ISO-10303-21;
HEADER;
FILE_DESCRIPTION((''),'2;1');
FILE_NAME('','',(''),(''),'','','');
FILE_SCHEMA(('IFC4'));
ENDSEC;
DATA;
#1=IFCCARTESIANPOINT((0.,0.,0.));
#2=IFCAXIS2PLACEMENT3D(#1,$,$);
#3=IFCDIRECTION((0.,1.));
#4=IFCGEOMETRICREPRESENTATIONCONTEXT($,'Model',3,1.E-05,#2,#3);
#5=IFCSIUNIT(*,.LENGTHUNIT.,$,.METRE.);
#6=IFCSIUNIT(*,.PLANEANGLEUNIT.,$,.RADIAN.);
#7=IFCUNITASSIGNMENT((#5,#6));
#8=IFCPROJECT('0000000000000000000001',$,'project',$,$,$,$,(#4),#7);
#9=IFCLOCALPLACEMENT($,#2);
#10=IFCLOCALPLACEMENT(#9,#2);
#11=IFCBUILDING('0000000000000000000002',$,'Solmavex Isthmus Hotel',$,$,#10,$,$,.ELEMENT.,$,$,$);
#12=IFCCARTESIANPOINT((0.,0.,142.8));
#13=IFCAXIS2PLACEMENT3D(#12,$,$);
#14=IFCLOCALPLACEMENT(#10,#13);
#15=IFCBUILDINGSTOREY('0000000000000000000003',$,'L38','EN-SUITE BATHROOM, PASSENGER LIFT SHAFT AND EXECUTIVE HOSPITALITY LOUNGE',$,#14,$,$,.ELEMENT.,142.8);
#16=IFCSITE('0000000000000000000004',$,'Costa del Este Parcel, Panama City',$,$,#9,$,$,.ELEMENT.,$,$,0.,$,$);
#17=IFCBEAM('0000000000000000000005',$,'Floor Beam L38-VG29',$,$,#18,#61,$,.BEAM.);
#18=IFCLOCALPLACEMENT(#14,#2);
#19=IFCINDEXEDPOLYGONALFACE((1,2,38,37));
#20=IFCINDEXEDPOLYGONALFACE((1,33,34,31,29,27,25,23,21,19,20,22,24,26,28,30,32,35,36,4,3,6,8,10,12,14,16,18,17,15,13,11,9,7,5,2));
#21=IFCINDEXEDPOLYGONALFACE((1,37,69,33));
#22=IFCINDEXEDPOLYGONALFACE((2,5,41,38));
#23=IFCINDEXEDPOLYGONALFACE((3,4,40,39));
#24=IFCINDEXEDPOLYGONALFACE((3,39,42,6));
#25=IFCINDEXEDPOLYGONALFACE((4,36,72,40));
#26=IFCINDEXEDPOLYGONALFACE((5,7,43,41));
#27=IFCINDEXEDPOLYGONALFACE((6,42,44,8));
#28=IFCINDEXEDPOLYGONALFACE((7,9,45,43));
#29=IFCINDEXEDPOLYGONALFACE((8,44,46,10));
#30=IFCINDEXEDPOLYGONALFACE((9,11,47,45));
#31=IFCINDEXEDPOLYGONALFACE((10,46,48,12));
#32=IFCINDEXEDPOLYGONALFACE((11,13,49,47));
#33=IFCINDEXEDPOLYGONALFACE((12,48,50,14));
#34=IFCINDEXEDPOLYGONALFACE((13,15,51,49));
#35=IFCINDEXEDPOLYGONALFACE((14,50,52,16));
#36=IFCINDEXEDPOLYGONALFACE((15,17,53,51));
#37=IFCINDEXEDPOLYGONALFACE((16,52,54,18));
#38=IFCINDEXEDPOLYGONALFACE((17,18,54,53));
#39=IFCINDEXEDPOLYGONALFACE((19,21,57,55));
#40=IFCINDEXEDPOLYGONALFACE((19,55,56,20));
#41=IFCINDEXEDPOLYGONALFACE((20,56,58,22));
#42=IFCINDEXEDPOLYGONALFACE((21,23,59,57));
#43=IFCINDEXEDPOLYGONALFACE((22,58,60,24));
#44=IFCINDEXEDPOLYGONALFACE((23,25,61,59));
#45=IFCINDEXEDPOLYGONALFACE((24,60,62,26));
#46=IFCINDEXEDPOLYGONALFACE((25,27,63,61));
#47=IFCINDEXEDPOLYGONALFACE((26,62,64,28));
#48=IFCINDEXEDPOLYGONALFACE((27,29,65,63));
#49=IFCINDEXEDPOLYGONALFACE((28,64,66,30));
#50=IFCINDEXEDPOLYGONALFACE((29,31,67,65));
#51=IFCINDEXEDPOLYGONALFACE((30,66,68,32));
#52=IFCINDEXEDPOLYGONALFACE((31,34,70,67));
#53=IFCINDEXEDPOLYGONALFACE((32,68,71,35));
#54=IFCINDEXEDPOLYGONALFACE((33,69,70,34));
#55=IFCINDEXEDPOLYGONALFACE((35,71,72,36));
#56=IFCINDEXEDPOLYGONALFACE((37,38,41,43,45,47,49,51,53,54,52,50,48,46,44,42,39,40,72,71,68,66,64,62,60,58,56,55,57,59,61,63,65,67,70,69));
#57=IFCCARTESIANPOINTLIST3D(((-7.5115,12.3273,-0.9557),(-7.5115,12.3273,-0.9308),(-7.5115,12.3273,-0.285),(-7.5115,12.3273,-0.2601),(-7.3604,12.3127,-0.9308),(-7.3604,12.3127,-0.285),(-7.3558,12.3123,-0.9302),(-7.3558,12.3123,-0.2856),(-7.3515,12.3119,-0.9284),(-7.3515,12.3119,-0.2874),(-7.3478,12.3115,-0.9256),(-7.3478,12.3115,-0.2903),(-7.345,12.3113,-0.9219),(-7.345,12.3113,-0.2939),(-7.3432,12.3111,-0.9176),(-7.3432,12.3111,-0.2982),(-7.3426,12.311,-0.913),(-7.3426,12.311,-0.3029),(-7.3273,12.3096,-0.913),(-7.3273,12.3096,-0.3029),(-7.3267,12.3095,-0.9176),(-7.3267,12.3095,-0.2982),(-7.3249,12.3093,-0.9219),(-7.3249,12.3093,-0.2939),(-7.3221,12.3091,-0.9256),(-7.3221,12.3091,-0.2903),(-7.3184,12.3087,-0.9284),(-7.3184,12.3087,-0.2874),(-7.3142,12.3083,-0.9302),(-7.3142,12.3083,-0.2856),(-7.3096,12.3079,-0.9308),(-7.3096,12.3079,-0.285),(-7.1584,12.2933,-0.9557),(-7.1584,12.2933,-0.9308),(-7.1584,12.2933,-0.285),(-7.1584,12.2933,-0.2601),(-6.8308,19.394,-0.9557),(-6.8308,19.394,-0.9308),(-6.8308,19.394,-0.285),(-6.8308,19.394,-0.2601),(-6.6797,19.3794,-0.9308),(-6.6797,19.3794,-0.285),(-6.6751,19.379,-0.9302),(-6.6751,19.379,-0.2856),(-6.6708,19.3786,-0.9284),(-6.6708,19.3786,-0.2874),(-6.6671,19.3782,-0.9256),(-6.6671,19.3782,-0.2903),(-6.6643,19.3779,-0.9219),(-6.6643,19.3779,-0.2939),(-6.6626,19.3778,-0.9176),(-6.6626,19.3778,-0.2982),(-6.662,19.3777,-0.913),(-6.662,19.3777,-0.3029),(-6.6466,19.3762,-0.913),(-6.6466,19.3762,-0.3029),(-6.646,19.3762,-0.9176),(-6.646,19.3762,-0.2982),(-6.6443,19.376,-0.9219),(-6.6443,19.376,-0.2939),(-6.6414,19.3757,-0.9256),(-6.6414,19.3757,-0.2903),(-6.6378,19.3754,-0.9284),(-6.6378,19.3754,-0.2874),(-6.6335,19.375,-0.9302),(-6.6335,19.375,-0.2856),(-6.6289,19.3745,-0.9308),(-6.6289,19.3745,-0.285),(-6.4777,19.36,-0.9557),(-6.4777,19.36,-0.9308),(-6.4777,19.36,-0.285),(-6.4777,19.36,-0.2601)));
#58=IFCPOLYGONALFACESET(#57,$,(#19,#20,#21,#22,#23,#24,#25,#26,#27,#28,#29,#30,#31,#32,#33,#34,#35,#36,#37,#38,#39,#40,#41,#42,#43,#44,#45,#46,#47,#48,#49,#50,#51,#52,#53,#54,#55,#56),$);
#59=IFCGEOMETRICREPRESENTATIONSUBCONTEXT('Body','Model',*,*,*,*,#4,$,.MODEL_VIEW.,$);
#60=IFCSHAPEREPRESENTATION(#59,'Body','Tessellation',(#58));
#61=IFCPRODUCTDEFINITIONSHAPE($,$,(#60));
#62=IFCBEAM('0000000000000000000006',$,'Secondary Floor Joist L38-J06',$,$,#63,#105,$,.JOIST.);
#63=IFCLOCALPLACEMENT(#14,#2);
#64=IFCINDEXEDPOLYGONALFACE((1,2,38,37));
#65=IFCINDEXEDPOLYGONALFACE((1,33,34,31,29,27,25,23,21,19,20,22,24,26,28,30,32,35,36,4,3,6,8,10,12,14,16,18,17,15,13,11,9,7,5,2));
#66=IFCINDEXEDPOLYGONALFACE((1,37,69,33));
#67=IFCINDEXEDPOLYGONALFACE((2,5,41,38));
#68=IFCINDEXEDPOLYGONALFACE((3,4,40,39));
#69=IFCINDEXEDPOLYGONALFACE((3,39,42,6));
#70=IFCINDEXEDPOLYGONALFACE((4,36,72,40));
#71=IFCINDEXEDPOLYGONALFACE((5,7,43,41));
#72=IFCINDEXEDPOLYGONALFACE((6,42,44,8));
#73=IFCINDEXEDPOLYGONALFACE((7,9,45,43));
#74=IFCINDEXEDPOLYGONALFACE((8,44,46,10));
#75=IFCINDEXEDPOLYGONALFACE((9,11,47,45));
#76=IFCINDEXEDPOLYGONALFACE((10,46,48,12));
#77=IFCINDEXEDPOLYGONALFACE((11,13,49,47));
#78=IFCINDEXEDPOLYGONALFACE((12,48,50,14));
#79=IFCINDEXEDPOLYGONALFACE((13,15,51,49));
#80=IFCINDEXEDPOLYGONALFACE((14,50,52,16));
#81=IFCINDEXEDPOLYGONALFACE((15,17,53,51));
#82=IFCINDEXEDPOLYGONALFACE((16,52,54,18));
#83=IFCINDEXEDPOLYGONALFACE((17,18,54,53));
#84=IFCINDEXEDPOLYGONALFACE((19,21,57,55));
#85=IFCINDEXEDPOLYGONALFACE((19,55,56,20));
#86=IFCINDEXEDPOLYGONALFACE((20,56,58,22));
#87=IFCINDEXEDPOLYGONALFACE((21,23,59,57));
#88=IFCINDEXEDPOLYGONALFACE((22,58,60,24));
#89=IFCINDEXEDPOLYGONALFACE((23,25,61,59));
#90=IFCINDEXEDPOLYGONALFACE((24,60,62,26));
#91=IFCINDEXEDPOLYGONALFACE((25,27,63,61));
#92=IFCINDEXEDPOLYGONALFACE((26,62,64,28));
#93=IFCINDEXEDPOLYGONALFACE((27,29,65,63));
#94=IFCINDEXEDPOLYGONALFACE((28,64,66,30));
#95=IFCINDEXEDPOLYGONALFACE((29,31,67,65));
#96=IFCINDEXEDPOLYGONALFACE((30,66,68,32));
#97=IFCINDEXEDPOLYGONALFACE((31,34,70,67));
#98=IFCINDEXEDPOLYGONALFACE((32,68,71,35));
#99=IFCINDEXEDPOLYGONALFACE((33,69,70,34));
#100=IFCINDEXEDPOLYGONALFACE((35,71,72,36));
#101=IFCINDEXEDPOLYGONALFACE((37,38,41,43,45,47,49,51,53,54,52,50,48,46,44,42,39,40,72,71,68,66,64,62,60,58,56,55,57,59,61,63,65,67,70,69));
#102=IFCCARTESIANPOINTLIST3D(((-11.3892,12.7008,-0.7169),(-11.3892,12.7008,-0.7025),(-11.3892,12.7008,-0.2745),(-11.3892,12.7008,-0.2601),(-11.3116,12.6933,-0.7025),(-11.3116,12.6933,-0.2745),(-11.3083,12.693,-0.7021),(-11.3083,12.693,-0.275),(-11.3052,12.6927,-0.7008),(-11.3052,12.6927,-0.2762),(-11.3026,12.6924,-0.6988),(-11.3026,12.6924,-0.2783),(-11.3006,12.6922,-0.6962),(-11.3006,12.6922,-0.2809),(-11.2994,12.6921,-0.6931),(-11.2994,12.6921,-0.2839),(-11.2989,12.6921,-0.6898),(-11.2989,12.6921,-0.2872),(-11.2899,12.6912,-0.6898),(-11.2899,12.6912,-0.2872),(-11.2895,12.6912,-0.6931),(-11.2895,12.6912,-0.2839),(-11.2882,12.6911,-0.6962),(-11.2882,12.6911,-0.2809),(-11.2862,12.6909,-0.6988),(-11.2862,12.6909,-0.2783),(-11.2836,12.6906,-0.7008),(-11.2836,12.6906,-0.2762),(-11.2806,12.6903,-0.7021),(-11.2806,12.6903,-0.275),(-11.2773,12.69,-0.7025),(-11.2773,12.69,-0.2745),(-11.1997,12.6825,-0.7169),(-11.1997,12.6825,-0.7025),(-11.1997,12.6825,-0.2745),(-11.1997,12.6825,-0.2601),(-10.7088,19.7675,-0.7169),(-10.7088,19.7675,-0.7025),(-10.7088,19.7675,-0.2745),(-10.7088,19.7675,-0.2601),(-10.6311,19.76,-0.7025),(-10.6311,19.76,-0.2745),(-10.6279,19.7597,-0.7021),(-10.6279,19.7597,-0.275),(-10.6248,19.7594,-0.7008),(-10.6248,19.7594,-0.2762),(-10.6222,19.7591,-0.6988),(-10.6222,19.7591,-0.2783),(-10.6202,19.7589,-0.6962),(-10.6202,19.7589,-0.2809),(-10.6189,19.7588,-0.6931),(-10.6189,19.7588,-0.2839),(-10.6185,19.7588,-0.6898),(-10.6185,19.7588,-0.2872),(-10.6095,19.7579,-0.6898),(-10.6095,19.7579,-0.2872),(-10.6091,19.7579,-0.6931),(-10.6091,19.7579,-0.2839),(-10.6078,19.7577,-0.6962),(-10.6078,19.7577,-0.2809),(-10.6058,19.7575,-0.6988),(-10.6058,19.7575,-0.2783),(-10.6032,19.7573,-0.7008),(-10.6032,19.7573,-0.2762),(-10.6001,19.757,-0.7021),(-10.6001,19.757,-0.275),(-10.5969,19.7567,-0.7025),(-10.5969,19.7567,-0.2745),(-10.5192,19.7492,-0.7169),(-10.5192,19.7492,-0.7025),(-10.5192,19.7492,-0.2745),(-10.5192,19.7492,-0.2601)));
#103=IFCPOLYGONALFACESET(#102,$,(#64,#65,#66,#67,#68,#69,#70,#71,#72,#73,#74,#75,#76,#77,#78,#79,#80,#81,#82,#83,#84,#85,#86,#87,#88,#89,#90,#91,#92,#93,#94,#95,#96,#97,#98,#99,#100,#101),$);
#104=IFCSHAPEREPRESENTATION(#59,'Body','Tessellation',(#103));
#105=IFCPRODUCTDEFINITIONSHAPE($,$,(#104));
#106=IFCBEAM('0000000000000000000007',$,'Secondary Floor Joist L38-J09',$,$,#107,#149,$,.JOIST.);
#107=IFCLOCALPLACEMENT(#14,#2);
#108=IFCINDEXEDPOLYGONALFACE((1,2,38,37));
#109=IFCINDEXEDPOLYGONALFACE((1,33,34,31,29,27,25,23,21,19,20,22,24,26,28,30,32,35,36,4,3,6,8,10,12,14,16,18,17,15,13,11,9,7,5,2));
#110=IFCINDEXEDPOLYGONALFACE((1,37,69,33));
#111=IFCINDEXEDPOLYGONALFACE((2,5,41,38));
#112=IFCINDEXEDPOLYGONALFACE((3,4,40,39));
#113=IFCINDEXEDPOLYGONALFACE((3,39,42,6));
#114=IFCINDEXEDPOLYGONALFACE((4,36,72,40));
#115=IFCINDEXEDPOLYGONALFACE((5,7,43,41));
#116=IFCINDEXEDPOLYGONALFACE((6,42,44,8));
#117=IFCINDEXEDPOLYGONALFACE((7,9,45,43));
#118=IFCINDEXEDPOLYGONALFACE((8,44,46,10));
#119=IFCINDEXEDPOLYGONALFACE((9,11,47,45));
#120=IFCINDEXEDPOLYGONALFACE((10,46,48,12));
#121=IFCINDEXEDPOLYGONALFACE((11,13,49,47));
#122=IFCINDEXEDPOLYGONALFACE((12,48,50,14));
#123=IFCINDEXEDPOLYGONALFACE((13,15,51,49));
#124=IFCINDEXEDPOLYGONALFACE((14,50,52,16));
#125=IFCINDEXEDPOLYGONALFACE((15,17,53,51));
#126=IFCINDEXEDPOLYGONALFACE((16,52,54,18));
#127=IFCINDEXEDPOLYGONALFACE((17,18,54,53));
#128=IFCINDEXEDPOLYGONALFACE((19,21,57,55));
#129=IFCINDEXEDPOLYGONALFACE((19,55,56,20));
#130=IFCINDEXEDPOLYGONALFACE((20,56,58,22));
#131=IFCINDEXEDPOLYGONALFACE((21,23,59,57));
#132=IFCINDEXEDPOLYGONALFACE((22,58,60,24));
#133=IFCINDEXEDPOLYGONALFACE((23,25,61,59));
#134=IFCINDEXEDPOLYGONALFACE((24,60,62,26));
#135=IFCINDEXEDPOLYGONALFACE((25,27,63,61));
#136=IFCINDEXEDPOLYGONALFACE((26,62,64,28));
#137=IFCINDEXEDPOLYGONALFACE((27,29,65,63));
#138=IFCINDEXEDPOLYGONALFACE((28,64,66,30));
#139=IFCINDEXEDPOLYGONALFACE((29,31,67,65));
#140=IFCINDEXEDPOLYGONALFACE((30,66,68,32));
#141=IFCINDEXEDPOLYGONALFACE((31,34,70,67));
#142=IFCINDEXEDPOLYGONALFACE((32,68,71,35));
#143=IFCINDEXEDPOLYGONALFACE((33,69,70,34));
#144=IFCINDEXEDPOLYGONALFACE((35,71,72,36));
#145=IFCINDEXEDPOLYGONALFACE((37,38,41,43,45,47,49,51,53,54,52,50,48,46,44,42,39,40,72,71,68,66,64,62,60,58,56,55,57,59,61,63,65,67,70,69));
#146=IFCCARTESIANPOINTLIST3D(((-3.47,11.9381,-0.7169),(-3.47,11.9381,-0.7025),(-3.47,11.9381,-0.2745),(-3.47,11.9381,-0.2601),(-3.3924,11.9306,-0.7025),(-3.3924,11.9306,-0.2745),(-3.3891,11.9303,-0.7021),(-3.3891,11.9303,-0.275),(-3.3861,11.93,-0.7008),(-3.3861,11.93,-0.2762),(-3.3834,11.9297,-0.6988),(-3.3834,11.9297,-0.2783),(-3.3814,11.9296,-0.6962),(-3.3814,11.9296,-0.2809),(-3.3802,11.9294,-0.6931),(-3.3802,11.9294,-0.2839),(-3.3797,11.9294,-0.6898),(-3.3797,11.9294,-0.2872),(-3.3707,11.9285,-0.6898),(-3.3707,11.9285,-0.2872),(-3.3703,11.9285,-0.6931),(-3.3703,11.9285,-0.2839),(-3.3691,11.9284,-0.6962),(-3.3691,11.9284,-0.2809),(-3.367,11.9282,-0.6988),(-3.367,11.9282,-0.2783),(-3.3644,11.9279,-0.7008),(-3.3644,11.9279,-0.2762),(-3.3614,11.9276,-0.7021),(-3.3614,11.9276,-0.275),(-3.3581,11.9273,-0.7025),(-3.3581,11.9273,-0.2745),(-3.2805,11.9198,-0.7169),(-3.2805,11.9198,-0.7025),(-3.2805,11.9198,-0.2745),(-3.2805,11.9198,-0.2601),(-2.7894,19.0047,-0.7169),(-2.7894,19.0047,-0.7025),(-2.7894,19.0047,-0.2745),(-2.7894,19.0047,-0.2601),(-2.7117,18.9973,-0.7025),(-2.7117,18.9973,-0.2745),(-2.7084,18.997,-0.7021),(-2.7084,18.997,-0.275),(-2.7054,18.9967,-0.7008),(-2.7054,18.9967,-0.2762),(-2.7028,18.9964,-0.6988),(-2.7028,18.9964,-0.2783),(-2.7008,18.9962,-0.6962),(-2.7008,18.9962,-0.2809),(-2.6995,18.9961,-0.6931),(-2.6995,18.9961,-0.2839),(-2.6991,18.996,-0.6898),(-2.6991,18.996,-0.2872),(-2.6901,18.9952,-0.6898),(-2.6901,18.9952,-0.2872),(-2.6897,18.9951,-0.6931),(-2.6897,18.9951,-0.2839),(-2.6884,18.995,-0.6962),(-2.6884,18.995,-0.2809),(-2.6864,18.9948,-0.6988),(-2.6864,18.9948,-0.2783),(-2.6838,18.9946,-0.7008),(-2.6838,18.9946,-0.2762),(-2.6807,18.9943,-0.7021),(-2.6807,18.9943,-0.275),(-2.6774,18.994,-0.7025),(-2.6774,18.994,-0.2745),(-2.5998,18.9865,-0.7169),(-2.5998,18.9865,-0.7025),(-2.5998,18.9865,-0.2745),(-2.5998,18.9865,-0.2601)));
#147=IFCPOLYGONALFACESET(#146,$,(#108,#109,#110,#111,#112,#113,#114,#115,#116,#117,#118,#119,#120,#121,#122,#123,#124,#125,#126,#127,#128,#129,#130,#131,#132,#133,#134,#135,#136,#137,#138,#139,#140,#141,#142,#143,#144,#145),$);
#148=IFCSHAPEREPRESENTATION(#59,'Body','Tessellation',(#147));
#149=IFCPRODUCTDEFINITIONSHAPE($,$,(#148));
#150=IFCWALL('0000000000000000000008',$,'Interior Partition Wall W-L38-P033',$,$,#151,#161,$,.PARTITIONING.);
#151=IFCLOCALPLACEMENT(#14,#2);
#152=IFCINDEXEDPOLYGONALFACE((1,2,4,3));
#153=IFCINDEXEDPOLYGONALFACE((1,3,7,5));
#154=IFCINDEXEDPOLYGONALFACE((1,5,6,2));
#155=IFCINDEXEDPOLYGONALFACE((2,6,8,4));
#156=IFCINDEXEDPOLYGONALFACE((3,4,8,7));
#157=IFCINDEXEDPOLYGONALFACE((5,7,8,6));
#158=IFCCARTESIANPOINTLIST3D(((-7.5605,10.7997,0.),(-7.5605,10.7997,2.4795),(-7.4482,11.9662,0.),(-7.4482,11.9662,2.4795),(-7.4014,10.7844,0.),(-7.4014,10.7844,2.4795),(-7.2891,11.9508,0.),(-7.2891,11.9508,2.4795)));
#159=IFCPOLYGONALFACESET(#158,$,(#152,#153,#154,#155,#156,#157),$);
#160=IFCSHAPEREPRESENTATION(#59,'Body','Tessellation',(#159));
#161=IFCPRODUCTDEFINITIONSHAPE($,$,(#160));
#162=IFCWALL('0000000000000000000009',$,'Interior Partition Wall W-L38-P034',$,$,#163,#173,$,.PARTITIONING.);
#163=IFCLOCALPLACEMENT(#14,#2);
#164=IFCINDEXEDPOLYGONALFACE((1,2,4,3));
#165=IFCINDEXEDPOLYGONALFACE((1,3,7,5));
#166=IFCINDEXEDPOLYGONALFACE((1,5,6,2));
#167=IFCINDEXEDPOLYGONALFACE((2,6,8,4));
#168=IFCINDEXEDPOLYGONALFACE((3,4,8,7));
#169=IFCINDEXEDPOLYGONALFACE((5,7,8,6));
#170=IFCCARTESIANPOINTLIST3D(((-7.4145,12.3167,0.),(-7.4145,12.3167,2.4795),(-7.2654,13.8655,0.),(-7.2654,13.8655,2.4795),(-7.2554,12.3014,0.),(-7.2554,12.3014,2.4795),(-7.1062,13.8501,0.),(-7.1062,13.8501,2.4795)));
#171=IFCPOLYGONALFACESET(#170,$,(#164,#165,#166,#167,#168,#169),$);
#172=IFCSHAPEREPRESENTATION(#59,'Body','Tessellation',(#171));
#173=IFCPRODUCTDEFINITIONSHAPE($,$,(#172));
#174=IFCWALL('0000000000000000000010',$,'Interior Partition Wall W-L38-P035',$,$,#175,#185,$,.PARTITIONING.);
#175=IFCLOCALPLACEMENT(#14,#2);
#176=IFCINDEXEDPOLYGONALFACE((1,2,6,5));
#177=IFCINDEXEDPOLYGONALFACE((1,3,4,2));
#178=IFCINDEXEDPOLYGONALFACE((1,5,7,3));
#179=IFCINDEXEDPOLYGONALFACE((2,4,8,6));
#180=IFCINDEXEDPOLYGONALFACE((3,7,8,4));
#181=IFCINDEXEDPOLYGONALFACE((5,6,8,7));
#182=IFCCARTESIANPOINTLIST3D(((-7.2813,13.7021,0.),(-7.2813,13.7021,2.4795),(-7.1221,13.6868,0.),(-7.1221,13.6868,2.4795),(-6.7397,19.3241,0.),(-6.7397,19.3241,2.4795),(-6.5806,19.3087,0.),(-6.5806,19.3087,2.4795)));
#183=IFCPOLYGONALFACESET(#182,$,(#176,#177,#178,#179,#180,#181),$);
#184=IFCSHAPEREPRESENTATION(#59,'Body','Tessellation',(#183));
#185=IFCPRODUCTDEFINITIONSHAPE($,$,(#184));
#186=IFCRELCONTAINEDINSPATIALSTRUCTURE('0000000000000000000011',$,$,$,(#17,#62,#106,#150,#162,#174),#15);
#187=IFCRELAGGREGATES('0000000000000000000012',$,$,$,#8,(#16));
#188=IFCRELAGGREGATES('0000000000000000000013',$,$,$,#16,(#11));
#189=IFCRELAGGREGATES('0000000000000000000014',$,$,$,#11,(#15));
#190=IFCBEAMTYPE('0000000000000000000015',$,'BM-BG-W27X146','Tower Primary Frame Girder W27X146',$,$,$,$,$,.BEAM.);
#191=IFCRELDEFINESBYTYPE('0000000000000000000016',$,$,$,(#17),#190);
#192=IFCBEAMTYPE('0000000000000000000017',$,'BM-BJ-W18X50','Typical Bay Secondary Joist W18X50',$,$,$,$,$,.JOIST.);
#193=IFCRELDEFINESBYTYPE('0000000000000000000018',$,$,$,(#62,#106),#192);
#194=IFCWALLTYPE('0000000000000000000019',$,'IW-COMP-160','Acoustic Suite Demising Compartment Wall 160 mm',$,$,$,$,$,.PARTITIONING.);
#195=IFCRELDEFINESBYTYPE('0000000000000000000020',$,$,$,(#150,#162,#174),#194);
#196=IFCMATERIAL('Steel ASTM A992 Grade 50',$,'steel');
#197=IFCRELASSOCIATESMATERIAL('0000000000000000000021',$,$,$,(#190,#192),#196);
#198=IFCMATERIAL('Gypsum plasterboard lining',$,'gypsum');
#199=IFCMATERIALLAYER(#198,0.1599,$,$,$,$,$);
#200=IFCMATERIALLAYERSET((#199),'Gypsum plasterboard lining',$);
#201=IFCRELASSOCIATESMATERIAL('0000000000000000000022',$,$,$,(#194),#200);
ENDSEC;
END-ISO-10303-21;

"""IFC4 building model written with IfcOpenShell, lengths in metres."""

from ifc_helpers import new_model, si_unit, direction, frame, frame_2d, origin, origin_2d, place, context, subcontext, project, spatial, rectangle, i_section, extrude, material, layer, layer_set, material_profile, profile_set, type_object, element, save


model = new_model("IFC4")

# Units and contexts
model_context = context("Model", 3, precision=1e-05, world=origin(), true_north=direction((0.0, 1.0)))
body_context = subcontext(model_context, "Body", "Model", "MODEL_VIEW")
ifc_project = project(units=[si_unit("LENGTHUNIT", "METRE"), si_unit("PLANEANGLEUNIT", "RADIAN")], contexts=[model_context])

# Site, building, storey
site_placement = place(None, origin())
site = spatial("IfcSite", under=ifc_project, at=site_placement, Name="Costa del Este Parcel, Panama City", CompositionType="ELEMENT", RefElevation=0.0)
building_placement = place(site_placement, origin())
building = spatial("IfcBuilding", under=site, at=building_placement, Name="Solmavex Isthmus Hotel", CompositionType="ELEMENT")
storey_placement = place(building_placement, frame((0.0, 0.0, 142.8)))
storey = spatial("IfcBuildingStorey", under=building, at=storey_placement, Name="L38", Description="EN-SUITE BATHROOM, PASSENGER LIFT SHAFT AND EXECUTIVE HOSPITALITY LOUNGE", CompositionType="ELEMENT", Elevation=142.8)

# Beams
ifc_material_1 = material(Name="Steel ASTM A992 Grade 50", Category="steel")
ifc_material_profile_1 = material_profile(ifc_material_1, i_section(OverallWidth=0.3547, OverallDepth=0.6956, WebThickness=0.0154, FlangeThickness=0.0249, FilletRadius=0.0178, at=origin_2d()), Name="W27X146")
ifc_profile_set_1 = profile_set([ifc_material_profile_1], Name="Steel ASTM A992 Grade 50")
beam_type_1 = type_object("IfcBeamType", Name="BM-BG-W27X146", Description="Tower Primary Frame Girder W27X146", PredefinedType="BEAM", material=ifc_profile_set_1)
beam_1_placement = place(storey_placement, frame((-7.335, 12.3103, -0.6079), z_axis=(0.095877, 0.995393, 0.0), x_axis=(-0.995393, 0.095877, 0.0)))
element("IfcBeam", 1, at=beam_1_placement, inside=storey, type_object=beam_type_1, Name="Floor Beam L38-VG29", PredefinedType="BEAM", context=body_context, shape_type="SweptSolid", body=[
    extrude(i_section(OverallWidth=0.3547, OverallDepth=0.6956, WebThickness=0.0154, FlangeThickness=0.0249, FilletRadius=0.0178, at=origin_2d()), origin(), (0.0, 0.0, 1.0), 7.0994),
])
ifc_material_profile_2 = material_profile(ifc_material_1, i_section(OverallWidth=0.1904, OverallDepth=0.4568, WebThickness=0.009, FlangeThickness=0.0144, FilletRadius=0.0127, at=origin_2d()), Name="W18X50")
ifc_profile_set_2 = profile_set([ifc_material_profile_2], Name="Steel ASTM A992 Grade 50")
beam_type_2 = type_object("IfcBeamType", Name="BM-BJ-W18X50", Description="Typical Bay Secondary Joist W18X50", PredefinedType="JOIST", material=ifc_profile_set_2)
for number, where, z_axis, x_axis, name in (
    (2, (-11.2944, 12.6917, -0.4885), (0.095843, 0.995396, 0.0), (-0.995396, 0.095843, 0.0), "Secondary Floor Joist L38-J06"),
    (3, (-3.3752, 11.929, -0.4885), (0.095877, 0.995393, 0.0), (-0.995393, 0.095877, 0.0), "Secondary Floor Joist L38-J09"),
):
    element("IfcBeam", number, at=place(storey_placement, frame(where, z_axis=z_axis, x_axis=x_axis)), inside=storey, type_object=beam_type_2, Name=name, PredefinedType="JOIST", context=body_context, shape_type="SweptSolid", body=[
        extrude(i_section(OverallWidth=0.1904, OverallDepth=0.4568, WebThickness=0.009, FlangeThickness=0.0144, FilletRadius=0.0127, at=origin_2d()), origin(), (0.0, 0.0, 1.0), 7.0994),
    ])

# Walls
ifc_material_2 = material(Name="Gypsum plasterboard lining", Category="gypsum")
ifc_layer_1 = layer(ifc_material_2, 0.1599)
ifc_layer_set_1 = layer_set([ifc_layer_1], Name="Gypsum plasterboard lining")
wall_type_1 = type_object("IfcWallType", Name="IW-COMP-160", Description="Acoustic Suite Demising Compartment Wall 160 mm", PredefinedType="PARTITIONING", material=ifc_layer_set_1)
wall_1_placement = place(storey_placement, frame((-7.3687, 11.9585, 0.0), z_axis=(0.0, 0.0, 1.0), x_axis=(-0.095831, -0.995398, 0.0)))
element("IfcWall", 4, at=wall_1_placement, inside=storey, type_object=wall_type_1, Name="Interior Partition Wall W-L38-P033", PredefinedType="PARTITIONING", context=body_context, shape_type="SweptSolid", body=[
    extrude(rectangle(XDim=1.1719, YDim=0.1599, at=frame_2d((0.5859, 0.0))), origin(), (0.0, 0.0, 1.0), 2.4795),
])
wall_2_placement = place(storey_placement, frame((-7.1858, 13.8577, 0.0), z_axis=(0.0, 0.0, 1.0), x_axis=(-0.095868, -0.995394, 0.0)))
element("IfcWall", 5, at=wall_2_placement, inside=storey, type_object=wall_type_1, Name="Interior Partition Wall W-L38-P034", PredefinedType="PARTITIONING", context=body_context, shape_type="SweptSolid", body=[
    extrude(rectangle(XDim=1.5559, YDim=0.1599, at=frame_2d((0.7778, 0.0))), origin(), (0.0, 0.0, 1.0), 2.4795),
])
wall_3_placement = place(storey_placement, frame((-6.6602, 19.3164, 0.0), z_axis=(0.0, 0.0, 1.0), x_axis=(-0.095878, -0.995393, 0.0)))
element("IfcWall", 6, at=wall_3_placement, inside=storey, type_object=wall_type_1, Name="Interior Partition Wall W-L38-P035", PredefinedType="PARTITIONING", context=body_context, shape_type="SweptSolid", body=[
    extrude(rectangle(XDim=5.6479, YDim=0.1599, at=frame_2d((2.824, 0.0))), origin(), (0.0, 0.0, 1.0), 2.4795),
])

save(model, "model.ifc")
